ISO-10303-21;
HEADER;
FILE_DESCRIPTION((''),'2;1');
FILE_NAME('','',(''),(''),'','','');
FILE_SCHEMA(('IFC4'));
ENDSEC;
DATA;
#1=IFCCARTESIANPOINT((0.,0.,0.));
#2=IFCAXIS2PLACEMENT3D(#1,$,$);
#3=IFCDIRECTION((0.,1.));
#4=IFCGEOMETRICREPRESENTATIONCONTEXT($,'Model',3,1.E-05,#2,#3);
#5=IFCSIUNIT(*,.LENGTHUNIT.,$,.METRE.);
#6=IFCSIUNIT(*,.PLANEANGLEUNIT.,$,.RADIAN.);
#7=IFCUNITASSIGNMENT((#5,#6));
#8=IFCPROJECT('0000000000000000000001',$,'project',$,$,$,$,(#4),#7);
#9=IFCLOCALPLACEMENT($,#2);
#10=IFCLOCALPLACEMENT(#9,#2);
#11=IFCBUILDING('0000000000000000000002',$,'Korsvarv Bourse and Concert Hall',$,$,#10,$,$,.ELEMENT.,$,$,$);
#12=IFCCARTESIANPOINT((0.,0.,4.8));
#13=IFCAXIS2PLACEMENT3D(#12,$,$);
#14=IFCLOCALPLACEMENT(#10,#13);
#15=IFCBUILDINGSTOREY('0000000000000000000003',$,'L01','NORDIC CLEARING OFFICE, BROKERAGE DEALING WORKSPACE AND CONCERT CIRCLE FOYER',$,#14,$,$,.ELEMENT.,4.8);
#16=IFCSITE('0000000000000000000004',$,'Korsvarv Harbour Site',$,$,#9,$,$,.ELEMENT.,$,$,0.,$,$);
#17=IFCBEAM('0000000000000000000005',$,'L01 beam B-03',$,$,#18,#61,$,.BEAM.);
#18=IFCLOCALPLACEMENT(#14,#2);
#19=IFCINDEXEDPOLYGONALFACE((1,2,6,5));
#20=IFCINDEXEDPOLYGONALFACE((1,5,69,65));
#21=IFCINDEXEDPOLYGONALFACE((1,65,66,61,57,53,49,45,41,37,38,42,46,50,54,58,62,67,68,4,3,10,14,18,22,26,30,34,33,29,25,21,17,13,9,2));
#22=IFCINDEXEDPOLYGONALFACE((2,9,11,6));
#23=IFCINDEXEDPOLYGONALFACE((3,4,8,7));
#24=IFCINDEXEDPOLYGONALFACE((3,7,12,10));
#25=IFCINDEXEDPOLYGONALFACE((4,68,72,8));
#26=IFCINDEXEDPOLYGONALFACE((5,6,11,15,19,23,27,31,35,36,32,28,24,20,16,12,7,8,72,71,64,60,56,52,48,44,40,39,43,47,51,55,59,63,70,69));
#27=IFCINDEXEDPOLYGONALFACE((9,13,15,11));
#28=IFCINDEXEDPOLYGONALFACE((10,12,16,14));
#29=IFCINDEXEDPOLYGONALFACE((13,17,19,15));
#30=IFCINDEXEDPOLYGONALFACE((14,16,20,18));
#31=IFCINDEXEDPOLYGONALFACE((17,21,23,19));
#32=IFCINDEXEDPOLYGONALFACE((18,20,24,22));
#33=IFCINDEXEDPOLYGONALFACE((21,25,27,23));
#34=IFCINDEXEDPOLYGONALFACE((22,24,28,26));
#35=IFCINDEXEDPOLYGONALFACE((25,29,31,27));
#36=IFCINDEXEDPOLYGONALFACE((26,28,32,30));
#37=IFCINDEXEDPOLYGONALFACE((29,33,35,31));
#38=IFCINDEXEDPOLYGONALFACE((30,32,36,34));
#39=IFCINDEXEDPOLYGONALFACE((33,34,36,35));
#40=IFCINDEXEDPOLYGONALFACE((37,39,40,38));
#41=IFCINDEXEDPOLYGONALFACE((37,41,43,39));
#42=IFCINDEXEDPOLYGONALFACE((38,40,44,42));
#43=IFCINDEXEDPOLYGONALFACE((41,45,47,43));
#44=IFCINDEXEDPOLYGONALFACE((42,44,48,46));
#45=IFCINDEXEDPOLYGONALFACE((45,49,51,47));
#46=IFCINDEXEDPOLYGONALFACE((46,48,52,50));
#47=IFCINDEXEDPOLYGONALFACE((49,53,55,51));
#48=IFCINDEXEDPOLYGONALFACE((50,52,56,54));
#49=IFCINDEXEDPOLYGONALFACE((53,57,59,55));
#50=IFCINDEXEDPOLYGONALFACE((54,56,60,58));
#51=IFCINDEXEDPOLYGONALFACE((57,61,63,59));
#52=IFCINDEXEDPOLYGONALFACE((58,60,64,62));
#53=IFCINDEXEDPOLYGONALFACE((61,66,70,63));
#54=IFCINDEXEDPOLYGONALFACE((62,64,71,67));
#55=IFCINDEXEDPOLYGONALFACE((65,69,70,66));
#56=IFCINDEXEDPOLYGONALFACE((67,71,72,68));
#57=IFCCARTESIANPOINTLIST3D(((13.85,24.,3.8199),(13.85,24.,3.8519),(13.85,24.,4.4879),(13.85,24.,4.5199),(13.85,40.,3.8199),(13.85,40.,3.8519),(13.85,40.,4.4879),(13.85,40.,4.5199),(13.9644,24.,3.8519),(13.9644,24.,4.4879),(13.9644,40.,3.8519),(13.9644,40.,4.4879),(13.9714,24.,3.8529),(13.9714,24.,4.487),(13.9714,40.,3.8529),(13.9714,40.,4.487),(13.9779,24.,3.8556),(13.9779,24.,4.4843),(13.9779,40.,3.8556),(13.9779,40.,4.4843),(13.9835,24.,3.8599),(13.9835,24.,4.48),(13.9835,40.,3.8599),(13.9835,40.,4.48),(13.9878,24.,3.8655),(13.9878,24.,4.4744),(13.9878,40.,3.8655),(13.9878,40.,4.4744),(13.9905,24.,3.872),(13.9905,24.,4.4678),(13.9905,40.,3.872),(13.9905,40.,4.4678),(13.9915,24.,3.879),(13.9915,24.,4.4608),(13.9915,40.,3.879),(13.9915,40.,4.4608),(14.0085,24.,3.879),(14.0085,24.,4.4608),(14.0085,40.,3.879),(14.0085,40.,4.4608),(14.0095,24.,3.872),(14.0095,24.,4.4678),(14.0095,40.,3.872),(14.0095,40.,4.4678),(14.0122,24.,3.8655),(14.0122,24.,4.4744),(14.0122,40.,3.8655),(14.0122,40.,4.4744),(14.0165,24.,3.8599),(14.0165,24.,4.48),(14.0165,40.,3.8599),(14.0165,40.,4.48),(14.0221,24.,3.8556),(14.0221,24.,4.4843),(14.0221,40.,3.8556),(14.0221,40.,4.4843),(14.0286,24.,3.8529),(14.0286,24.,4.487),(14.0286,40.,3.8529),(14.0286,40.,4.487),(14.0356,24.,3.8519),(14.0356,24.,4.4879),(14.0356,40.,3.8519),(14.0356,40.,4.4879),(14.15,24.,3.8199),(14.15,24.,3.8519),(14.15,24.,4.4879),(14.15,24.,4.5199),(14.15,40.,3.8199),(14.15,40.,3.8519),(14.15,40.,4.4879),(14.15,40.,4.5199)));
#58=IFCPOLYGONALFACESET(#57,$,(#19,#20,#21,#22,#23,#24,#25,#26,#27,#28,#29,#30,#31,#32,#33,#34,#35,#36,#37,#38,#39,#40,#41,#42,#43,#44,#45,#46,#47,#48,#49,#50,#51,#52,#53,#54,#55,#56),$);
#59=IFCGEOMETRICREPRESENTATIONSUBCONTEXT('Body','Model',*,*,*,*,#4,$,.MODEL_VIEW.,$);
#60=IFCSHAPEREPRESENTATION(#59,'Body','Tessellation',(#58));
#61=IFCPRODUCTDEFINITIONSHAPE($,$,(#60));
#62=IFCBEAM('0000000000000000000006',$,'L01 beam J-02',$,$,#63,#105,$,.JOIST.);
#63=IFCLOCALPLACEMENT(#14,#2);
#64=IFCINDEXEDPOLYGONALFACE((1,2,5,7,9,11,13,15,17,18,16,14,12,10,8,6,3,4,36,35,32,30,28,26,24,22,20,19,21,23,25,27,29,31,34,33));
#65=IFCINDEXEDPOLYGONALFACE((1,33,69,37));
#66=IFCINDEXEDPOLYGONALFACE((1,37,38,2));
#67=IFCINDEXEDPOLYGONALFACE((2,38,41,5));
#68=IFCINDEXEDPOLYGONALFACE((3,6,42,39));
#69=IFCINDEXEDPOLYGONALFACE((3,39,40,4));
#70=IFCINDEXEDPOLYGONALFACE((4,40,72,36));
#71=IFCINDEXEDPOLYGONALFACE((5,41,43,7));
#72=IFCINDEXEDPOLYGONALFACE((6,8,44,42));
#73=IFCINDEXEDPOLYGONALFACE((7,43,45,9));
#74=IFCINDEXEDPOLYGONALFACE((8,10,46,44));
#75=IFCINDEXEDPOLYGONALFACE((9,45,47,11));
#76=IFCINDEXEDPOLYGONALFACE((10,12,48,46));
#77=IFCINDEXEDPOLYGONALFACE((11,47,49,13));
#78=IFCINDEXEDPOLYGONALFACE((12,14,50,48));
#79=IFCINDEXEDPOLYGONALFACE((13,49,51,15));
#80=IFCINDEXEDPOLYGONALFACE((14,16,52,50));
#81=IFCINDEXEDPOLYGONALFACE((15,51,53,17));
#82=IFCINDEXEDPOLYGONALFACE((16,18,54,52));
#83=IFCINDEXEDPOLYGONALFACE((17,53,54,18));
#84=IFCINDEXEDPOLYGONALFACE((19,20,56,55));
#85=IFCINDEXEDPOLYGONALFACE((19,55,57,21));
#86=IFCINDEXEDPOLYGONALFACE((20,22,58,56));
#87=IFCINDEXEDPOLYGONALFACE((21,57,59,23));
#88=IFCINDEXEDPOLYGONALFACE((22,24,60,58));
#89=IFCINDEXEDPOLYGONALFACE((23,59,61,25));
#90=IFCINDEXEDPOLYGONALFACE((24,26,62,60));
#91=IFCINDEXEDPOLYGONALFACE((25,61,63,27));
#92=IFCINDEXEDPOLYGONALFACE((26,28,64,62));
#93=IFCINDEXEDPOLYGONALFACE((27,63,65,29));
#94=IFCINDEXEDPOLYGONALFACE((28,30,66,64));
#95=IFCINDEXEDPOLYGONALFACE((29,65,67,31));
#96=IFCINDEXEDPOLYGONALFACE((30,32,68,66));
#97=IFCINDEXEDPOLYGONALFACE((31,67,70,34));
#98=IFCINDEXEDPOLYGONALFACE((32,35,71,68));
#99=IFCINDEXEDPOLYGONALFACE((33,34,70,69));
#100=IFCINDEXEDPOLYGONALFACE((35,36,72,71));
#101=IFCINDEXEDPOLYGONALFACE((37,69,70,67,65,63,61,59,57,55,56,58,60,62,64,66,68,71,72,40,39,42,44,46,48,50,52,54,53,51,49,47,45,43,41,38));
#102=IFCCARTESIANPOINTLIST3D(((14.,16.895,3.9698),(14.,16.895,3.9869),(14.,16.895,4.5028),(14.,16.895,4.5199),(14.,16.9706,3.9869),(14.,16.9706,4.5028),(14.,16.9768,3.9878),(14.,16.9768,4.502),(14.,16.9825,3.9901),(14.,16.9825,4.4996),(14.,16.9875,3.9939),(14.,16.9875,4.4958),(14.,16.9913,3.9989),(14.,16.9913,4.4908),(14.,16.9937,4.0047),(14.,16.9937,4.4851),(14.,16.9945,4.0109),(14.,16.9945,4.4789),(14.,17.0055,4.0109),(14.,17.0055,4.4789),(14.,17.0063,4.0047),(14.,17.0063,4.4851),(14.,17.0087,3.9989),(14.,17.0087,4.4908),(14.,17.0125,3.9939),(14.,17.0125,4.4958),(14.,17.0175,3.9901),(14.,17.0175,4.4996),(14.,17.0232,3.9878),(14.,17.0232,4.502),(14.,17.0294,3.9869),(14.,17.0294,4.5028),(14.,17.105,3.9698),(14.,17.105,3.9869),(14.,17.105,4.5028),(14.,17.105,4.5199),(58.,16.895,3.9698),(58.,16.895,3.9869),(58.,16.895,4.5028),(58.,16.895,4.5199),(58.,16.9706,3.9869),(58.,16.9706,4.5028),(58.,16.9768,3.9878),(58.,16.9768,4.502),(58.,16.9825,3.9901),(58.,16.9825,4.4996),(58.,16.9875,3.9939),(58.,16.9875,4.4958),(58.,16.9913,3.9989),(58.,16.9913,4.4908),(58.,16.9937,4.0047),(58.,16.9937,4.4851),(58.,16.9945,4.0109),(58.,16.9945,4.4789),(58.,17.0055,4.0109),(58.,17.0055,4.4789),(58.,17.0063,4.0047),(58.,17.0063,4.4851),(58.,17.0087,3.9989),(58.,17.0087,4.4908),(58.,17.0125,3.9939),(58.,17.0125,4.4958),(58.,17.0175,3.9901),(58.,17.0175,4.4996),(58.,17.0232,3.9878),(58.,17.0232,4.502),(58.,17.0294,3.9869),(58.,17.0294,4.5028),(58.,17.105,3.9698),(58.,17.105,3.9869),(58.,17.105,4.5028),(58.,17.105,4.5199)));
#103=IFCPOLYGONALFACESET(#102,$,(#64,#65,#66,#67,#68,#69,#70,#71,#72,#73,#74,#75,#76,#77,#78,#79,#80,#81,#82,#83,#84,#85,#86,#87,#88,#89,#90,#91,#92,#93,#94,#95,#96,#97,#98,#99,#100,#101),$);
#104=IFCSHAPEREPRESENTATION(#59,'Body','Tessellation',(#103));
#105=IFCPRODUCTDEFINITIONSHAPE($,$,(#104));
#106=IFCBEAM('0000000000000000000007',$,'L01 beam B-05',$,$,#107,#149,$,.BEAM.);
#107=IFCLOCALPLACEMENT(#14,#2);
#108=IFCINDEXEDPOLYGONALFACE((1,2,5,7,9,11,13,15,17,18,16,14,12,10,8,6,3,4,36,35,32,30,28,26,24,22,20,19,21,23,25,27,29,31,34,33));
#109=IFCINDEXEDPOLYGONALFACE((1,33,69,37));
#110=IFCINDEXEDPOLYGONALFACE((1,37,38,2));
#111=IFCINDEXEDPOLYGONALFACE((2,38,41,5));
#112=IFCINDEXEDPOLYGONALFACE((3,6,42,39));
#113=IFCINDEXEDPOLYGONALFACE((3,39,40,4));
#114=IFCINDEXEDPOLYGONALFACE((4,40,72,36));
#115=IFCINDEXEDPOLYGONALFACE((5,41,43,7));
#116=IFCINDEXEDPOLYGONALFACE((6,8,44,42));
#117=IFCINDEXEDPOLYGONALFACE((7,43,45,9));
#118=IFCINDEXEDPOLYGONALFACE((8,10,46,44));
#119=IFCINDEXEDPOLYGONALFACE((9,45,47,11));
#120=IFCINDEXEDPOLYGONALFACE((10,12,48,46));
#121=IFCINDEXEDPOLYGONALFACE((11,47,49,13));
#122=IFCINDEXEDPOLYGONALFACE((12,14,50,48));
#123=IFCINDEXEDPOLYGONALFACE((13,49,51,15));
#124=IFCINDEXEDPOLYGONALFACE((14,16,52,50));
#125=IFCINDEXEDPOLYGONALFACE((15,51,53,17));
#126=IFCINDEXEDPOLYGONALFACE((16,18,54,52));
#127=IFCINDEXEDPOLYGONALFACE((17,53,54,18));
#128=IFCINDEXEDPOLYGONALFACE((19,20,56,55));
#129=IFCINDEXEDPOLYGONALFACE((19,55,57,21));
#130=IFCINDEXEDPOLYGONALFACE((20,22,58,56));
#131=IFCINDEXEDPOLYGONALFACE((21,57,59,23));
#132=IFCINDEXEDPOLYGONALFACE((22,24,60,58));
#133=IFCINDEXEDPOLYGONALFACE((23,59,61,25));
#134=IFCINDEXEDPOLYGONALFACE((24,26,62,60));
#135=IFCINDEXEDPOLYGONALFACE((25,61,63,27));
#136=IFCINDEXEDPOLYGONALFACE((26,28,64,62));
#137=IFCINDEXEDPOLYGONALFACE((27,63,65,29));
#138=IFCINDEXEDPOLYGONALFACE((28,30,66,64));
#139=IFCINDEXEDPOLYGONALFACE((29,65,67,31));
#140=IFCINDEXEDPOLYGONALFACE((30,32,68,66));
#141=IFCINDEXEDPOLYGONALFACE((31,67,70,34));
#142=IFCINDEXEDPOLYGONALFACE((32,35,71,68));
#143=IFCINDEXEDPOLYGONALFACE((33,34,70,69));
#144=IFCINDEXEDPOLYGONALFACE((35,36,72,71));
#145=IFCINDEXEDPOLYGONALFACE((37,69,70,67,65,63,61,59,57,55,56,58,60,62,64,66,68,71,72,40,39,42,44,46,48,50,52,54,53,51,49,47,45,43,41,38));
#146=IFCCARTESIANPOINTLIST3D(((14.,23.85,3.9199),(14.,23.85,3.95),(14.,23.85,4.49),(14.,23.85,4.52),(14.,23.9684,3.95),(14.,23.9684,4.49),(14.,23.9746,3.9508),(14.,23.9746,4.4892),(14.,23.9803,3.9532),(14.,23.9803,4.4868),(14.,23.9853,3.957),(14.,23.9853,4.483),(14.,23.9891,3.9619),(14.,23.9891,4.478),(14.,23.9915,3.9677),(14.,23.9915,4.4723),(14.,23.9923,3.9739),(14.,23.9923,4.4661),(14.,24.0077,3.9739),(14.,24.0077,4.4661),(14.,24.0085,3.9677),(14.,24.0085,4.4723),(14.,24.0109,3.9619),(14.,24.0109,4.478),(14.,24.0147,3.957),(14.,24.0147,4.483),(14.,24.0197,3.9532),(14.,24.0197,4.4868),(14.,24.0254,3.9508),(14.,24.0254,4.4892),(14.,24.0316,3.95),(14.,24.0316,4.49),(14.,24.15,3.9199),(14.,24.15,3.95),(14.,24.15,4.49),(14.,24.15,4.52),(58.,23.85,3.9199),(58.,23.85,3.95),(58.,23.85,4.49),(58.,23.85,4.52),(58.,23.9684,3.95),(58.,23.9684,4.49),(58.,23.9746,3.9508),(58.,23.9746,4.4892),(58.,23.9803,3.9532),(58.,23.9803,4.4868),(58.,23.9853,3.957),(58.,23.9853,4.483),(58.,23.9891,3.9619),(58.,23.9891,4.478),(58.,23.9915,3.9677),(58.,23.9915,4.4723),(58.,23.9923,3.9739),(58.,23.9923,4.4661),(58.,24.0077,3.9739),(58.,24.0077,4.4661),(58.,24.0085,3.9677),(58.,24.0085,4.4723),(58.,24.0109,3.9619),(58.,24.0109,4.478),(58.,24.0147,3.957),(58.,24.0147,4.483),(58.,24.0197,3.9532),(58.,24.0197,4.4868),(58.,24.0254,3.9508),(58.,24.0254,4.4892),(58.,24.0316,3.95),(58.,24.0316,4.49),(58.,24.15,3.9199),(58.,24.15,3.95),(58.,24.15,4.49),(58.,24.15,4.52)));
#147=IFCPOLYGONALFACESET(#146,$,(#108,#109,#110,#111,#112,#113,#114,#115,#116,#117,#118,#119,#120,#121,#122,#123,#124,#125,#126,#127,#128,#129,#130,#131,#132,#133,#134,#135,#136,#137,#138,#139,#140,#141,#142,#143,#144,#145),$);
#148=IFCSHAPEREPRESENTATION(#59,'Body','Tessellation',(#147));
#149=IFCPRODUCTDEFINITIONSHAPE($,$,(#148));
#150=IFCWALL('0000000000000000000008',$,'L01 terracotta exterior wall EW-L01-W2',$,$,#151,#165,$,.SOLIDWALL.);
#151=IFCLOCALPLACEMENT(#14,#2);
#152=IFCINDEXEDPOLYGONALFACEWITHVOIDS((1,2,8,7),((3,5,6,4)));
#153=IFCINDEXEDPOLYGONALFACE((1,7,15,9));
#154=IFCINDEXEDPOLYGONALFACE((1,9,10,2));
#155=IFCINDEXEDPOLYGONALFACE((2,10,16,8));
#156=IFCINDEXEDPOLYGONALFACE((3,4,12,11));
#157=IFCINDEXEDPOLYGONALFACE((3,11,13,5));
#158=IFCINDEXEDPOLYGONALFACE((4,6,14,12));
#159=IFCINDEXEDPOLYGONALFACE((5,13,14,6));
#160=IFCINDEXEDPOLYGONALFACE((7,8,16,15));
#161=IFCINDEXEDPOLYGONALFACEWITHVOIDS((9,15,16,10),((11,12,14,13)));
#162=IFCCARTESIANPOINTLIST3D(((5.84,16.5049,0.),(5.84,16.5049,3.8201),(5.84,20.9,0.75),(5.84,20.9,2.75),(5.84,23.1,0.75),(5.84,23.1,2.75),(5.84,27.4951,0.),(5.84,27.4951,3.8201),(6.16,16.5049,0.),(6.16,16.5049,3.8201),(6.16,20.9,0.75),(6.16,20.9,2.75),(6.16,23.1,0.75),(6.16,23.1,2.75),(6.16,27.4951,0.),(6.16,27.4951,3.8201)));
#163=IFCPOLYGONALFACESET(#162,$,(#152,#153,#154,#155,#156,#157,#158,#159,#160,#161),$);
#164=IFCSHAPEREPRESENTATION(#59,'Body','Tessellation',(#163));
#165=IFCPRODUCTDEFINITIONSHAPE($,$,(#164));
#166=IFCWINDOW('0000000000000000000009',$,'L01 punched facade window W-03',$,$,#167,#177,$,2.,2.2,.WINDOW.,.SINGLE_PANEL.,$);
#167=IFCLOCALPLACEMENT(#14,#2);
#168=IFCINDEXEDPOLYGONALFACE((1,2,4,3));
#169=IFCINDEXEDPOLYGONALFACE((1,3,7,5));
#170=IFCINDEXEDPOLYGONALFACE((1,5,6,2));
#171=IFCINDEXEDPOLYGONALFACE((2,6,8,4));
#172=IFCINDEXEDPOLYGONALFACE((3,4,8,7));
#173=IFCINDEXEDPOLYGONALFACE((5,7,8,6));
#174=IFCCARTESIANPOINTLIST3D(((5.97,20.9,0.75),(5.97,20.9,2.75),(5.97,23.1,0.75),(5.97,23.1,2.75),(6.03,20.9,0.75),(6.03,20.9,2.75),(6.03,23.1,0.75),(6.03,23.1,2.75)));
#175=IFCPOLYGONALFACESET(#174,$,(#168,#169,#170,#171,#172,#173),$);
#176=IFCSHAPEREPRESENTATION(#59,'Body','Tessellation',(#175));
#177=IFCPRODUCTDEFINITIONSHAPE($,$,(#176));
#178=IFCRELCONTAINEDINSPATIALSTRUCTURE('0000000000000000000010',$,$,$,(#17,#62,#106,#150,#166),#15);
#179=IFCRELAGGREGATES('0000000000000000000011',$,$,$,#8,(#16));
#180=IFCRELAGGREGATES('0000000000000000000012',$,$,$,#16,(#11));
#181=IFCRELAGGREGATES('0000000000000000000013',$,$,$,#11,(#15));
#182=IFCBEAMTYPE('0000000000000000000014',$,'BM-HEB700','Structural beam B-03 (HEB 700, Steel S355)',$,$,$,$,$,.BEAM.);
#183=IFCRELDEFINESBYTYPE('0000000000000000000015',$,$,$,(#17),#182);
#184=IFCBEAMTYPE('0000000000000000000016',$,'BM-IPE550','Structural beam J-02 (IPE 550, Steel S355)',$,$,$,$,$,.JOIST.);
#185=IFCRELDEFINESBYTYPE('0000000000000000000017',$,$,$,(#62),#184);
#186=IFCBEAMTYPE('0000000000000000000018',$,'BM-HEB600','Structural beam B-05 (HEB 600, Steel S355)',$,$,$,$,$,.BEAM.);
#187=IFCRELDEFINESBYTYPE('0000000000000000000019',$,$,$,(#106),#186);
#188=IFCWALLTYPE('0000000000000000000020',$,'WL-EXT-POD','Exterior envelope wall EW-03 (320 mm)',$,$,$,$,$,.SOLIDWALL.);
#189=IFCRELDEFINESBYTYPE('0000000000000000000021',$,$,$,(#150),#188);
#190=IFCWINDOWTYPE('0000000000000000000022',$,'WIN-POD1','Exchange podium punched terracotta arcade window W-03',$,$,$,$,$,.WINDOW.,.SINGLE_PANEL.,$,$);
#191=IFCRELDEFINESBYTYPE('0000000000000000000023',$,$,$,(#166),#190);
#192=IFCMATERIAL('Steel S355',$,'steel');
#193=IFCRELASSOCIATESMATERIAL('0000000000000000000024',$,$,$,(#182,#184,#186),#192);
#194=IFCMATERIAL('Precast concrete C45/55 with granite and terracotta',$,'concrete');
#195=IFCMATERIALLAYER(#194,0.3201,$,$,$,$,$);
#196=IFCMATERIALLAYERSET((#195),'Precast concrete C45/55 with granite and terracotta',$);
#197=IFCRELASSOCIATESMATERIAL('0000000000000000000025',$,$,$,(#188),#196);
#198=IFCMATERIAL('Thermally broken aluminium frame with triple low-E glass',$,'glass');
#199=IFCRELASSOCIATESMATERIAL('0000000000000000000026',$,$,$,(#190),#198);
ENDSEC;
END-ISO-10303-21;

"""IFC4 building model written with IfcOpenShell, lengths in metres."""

from ifc_helpers import new_model, si_unit, direction, frame, frame_2d, origin, origin_2d, place, context, subcontext, project, spatial, rectangle, i_section, extrude, source, transform, mapped, material, layer, layer_set, material_profile, profile_set, type_object, element, fill, save


model = new_model("IFC4")

# Units and contexts
model_context = context("Model", 3, precision=1e-05, world=origin(), true_north=direction((0.0, 1.0)))
body_context = subcontext(model_context, "Body", "Model", "MODEL_VIEW")
ifc_project = project(units=[si_unit("LENGTHUNIT", "METRE"), si_unit("PLANEANGLEUNIT", "RADIAN")], contexts=[model_context])

# Site, building, storey
site_placement = place(None, origin())
site = spatial("IfcSite", under=ifc_project, at=site_placement, Name="Korsvarv Harbour Site", CompositionType="ELEMENT", RefElevation=0.0)
building_placement = place(site_placement, origin())
building = spatial("IfcBuilding", under=site, at=building_placement, Name="Korsvarv Bourse and Concert Hall", CompositionType="ELEMENT")
storey_placement = place(building_placement, frame((0.0, 0.0, 4.8)))
storey = spatial("IfcBuildingStorey", under=building, at=storey_placement, Name="L01", Description="NORDIC CLEARING OFFICE, BROKERAGE DEALING WORKSPACE AND CONCERT CIRCLE FOYER", CompositionType="ELEMENT", Elevation=4.8)

# Beams
ifc_material_1 = material(Name="Steel S355", Category="steel")
ifc_material_profile_1 = material_profile(ifc_material_1, i_section(OverallWidth=0.3, OverallDepth=0.7, WebThickness=0.0171, FlangeThickness=0.032, FilletRadius=0.0271, at=origin_2d()), Name="HEB 700")
ifc_profile_set_1 = profile_set([ifc_material_profile_1], Name="Steel S355")
beam_type_1 = type_object("IfcBeamType", Name="BM-HEB700", Description="Structural beam B-03 (HEB 700, Steel S355)", PredefinedType="BEAM", material=ifc_profile_set_1)
shared_shape_1 = source(origin(), body_context, "Body", "SweptSolid", [
    extrude(i_section(OverallWidth=0.3, OverallDepth=0.7, WebThickness=0.0171, FlangeThickness=0.032, FilletRadius=0.0271, at=origin_2d()), origin(), (0.0, 0.0, 1.0), 16.0),
])
beam_1_placement = place(storey_placement, frame((14.0, 24.0, 4.1699), z_axis=(0.0, 1.0, 0.0), x_axis=(-1.0, 0.0, 0.0)))
element("IfcBeam", 1, at=beam_1_placement, inside=storey, type_object=beam_type_1, Name="L01 beam B-03", PredefinedType="BEAM", context=body_context, shape_type="MappedRepresentation", body=[
    mapped(shared_shape_1, transform((0.0, 0.0, 0.0), scale=1.0)),
])
ifc_material_profile_2 = material_profile(ifc_material_1, i_section(OverallWidth=0.21, OverallDepth=0.55, WebThickness=0.011, FlangeThickness=0.0171, FilletRadius=0.0239, at=origin_2d()), Name="IPE 550")
ifc_profile_set_2 = profile_set([ifc_material_profile_2], Name="Steel S355")
beam_type_2 = type_object("IfcBeamType", Name="BM-IPE550", Description="Structural beam J-02 (IPE 550, Steel S355)", PredefinedType="JOIST", material=ifc_profile_set_2)
shared_shape_2 = source(origin(), body_context, "Body", "SweptSolid", [
    extrude(i_section(OverallWidth=0.21, OverallDepth=0.55, WebThickness=0.011, FlangeThickness=0.0171, FilletRadius=0.0239, at=origin_2d()), origin(), (0.0, 0.0, 1.0), 44.0),
])
beam_2_placement = place(storey_placement, frame((14.0, 17.0, 4.2449), z_axis=(1.0, 0.0, 0.0), x_axis=(0.0, 1.0, 0.0)))
element("IfcBeam", 2, at=beam_2_placement, inside=storey, type_object=beam_type_2, Name="L01 beam J-02", PredefinedType="JOIST", context=body_context, shape_type="MappedRepresentation", body=[
    mapped(shared_shape_2, transform((0.0, 0.0, 0.0), scale=1.0)),
])
ifc_material_profile_3 = material_profile(ifc_material_1, i_section(OverallWidth=0.3, OverallDepth=0.6001, WebThickness=0.0154, FlangeThickness=0.03, FilletRadius=0.0239, at=origin_2d()), Name="HEB 600")
ifc_profile_set_3 = profile_set([ifc_material_profile_3], Name="Steel S355")
beam_type_3 = type_object("IfcBeamType", Name="BM-HEB600", Description="Structural beam B-05 (HEB 600, Steel S355)", PredefinedType="BEAM", material=ifc_profile_set_3)
shared_shape_3 = source(origin(), body_context, "Body", "SweptSolid", [
    extrude(i_section(OverallWidth=0.3, OverallDepth=0.6001, WebThickness=0.0154, FlangeThickness=0.03, FilletRadius=0.0239, at=origin_2d()), origin(), (0.0, 0.0, 1.0), 44.0),
])
beam_3_placement = place(storey_placement, frame((14.0, 24.0, 4.22), z_axis=(1.0, 0.0, 0.0), x_axis=(0.0, 1.0, 0.0)))
element("IfcBeam", 3, at=beam_3_placement, inside=storey, type_object=beam_type_3, Name="L01 beam B-05", PredefinedType="BEAM", context=body_context, shape_type="MappedRepresentation", body=[
    mapped(shared_shape_3, transform((0.0, 0.0, 0.0), scale=1.0)),
])

# Wall, opening, window
ifc_material_2 = material(Name="Precast concrete C45/55 with granite and terracotta", Category="concrete")
ifc_layer_1 = layer(ifc_material_2, 0.3201)
ifc_layer_set_1 = layer_set([ifc_layer_1], Name="Precast concrete C45/55 with granite and terracotta")
wall_type_1 = type_object("IfcWallType", Name="WL-EXT-POD", Description="Exterior envelope wall EW-03 (320 mm)", PredefinedType="SOLIDWALL", material=ifc_layer_set_1)
wall_1_placement = place(storey_placement, frame((6.0, 16.5049, 0.0), z_axis=(0.0, 0.0, 1.0), x_axis=(0.0, 1.0, 0.0)))
wall_1 = element("IfcWall", 4, at=wall_1_placement, inside=storey, type_object=wall_type_1, Name="L01 terracotta exterior wall EW-L01-W2", PredefinedType="SOLIDWALL", context=body_context, shape_type="SweptSolid", body=[
    extrude(rectangle(XDim=10.9902, YDim=0.3201, at=frame_2d((5.4951, 0.0))), origin(), (0.0, 0.0, 1.0), 3.8201),
])
opening_1_placement = place(wall_1_placement, frame((4.395, 0.0, 0.75)))
opening_1 = element("IfcOpeningElement", 5, at=opening_1_placement, cuts=wall_1, PredefinedType="OPENING", context=body_context, shape_type="SweptSolid", body=[
    extrude(rectangle(XDim=2.2, YDim=2.0, at=frame_2d((1.1001, 1.0))), frame((0.0, 0.1699, 0.0), z_axis=(0.0, -1.0, 0.0), x_axis=(1.0, 0.0, 0.0)), (0.0, 0.0, 1.0), 0.3401),
])
ifc_material_3 = material(Name="Thermally broken aluminium frame with triple low-E glass", Category="glass")
window_type = type_object("IfcWindowType", Name="WIN-POD1", Description="Exchange podium punched terracotta arcade window W-03", PartitioningType="SINGLE_PANEL", PredefinedType="WINDOW", material=ifc_material_3)
window_1_placement = place(opening_1_placement, origin())
window_1 = element("IfcWindow", 6, at=window_1_placement, inside=storey, type_object=window_type, Name="L01 punched facade window W-03", OverallHeight=2.0, OverallWidth=2.2, PartitioningType="SINGLE_PANEL", PredefinedType="WINDOW", context=body_context, shape_type="SweptSolid", body=[
    extrude(rectangle(XDim=2.2, YDim=2.0, at=frame_2d((1.1001, 1.0))), frame((0.0, 0.03, 0.0), z_axis=(0.0, -1.0, 0.0), x_axis=(1.0, 0.0, 0.0)), (0.0, 0.0, 1.0), 0.0601),
])
fill(opening_1, window_1)

save(model, "model.ifc")
